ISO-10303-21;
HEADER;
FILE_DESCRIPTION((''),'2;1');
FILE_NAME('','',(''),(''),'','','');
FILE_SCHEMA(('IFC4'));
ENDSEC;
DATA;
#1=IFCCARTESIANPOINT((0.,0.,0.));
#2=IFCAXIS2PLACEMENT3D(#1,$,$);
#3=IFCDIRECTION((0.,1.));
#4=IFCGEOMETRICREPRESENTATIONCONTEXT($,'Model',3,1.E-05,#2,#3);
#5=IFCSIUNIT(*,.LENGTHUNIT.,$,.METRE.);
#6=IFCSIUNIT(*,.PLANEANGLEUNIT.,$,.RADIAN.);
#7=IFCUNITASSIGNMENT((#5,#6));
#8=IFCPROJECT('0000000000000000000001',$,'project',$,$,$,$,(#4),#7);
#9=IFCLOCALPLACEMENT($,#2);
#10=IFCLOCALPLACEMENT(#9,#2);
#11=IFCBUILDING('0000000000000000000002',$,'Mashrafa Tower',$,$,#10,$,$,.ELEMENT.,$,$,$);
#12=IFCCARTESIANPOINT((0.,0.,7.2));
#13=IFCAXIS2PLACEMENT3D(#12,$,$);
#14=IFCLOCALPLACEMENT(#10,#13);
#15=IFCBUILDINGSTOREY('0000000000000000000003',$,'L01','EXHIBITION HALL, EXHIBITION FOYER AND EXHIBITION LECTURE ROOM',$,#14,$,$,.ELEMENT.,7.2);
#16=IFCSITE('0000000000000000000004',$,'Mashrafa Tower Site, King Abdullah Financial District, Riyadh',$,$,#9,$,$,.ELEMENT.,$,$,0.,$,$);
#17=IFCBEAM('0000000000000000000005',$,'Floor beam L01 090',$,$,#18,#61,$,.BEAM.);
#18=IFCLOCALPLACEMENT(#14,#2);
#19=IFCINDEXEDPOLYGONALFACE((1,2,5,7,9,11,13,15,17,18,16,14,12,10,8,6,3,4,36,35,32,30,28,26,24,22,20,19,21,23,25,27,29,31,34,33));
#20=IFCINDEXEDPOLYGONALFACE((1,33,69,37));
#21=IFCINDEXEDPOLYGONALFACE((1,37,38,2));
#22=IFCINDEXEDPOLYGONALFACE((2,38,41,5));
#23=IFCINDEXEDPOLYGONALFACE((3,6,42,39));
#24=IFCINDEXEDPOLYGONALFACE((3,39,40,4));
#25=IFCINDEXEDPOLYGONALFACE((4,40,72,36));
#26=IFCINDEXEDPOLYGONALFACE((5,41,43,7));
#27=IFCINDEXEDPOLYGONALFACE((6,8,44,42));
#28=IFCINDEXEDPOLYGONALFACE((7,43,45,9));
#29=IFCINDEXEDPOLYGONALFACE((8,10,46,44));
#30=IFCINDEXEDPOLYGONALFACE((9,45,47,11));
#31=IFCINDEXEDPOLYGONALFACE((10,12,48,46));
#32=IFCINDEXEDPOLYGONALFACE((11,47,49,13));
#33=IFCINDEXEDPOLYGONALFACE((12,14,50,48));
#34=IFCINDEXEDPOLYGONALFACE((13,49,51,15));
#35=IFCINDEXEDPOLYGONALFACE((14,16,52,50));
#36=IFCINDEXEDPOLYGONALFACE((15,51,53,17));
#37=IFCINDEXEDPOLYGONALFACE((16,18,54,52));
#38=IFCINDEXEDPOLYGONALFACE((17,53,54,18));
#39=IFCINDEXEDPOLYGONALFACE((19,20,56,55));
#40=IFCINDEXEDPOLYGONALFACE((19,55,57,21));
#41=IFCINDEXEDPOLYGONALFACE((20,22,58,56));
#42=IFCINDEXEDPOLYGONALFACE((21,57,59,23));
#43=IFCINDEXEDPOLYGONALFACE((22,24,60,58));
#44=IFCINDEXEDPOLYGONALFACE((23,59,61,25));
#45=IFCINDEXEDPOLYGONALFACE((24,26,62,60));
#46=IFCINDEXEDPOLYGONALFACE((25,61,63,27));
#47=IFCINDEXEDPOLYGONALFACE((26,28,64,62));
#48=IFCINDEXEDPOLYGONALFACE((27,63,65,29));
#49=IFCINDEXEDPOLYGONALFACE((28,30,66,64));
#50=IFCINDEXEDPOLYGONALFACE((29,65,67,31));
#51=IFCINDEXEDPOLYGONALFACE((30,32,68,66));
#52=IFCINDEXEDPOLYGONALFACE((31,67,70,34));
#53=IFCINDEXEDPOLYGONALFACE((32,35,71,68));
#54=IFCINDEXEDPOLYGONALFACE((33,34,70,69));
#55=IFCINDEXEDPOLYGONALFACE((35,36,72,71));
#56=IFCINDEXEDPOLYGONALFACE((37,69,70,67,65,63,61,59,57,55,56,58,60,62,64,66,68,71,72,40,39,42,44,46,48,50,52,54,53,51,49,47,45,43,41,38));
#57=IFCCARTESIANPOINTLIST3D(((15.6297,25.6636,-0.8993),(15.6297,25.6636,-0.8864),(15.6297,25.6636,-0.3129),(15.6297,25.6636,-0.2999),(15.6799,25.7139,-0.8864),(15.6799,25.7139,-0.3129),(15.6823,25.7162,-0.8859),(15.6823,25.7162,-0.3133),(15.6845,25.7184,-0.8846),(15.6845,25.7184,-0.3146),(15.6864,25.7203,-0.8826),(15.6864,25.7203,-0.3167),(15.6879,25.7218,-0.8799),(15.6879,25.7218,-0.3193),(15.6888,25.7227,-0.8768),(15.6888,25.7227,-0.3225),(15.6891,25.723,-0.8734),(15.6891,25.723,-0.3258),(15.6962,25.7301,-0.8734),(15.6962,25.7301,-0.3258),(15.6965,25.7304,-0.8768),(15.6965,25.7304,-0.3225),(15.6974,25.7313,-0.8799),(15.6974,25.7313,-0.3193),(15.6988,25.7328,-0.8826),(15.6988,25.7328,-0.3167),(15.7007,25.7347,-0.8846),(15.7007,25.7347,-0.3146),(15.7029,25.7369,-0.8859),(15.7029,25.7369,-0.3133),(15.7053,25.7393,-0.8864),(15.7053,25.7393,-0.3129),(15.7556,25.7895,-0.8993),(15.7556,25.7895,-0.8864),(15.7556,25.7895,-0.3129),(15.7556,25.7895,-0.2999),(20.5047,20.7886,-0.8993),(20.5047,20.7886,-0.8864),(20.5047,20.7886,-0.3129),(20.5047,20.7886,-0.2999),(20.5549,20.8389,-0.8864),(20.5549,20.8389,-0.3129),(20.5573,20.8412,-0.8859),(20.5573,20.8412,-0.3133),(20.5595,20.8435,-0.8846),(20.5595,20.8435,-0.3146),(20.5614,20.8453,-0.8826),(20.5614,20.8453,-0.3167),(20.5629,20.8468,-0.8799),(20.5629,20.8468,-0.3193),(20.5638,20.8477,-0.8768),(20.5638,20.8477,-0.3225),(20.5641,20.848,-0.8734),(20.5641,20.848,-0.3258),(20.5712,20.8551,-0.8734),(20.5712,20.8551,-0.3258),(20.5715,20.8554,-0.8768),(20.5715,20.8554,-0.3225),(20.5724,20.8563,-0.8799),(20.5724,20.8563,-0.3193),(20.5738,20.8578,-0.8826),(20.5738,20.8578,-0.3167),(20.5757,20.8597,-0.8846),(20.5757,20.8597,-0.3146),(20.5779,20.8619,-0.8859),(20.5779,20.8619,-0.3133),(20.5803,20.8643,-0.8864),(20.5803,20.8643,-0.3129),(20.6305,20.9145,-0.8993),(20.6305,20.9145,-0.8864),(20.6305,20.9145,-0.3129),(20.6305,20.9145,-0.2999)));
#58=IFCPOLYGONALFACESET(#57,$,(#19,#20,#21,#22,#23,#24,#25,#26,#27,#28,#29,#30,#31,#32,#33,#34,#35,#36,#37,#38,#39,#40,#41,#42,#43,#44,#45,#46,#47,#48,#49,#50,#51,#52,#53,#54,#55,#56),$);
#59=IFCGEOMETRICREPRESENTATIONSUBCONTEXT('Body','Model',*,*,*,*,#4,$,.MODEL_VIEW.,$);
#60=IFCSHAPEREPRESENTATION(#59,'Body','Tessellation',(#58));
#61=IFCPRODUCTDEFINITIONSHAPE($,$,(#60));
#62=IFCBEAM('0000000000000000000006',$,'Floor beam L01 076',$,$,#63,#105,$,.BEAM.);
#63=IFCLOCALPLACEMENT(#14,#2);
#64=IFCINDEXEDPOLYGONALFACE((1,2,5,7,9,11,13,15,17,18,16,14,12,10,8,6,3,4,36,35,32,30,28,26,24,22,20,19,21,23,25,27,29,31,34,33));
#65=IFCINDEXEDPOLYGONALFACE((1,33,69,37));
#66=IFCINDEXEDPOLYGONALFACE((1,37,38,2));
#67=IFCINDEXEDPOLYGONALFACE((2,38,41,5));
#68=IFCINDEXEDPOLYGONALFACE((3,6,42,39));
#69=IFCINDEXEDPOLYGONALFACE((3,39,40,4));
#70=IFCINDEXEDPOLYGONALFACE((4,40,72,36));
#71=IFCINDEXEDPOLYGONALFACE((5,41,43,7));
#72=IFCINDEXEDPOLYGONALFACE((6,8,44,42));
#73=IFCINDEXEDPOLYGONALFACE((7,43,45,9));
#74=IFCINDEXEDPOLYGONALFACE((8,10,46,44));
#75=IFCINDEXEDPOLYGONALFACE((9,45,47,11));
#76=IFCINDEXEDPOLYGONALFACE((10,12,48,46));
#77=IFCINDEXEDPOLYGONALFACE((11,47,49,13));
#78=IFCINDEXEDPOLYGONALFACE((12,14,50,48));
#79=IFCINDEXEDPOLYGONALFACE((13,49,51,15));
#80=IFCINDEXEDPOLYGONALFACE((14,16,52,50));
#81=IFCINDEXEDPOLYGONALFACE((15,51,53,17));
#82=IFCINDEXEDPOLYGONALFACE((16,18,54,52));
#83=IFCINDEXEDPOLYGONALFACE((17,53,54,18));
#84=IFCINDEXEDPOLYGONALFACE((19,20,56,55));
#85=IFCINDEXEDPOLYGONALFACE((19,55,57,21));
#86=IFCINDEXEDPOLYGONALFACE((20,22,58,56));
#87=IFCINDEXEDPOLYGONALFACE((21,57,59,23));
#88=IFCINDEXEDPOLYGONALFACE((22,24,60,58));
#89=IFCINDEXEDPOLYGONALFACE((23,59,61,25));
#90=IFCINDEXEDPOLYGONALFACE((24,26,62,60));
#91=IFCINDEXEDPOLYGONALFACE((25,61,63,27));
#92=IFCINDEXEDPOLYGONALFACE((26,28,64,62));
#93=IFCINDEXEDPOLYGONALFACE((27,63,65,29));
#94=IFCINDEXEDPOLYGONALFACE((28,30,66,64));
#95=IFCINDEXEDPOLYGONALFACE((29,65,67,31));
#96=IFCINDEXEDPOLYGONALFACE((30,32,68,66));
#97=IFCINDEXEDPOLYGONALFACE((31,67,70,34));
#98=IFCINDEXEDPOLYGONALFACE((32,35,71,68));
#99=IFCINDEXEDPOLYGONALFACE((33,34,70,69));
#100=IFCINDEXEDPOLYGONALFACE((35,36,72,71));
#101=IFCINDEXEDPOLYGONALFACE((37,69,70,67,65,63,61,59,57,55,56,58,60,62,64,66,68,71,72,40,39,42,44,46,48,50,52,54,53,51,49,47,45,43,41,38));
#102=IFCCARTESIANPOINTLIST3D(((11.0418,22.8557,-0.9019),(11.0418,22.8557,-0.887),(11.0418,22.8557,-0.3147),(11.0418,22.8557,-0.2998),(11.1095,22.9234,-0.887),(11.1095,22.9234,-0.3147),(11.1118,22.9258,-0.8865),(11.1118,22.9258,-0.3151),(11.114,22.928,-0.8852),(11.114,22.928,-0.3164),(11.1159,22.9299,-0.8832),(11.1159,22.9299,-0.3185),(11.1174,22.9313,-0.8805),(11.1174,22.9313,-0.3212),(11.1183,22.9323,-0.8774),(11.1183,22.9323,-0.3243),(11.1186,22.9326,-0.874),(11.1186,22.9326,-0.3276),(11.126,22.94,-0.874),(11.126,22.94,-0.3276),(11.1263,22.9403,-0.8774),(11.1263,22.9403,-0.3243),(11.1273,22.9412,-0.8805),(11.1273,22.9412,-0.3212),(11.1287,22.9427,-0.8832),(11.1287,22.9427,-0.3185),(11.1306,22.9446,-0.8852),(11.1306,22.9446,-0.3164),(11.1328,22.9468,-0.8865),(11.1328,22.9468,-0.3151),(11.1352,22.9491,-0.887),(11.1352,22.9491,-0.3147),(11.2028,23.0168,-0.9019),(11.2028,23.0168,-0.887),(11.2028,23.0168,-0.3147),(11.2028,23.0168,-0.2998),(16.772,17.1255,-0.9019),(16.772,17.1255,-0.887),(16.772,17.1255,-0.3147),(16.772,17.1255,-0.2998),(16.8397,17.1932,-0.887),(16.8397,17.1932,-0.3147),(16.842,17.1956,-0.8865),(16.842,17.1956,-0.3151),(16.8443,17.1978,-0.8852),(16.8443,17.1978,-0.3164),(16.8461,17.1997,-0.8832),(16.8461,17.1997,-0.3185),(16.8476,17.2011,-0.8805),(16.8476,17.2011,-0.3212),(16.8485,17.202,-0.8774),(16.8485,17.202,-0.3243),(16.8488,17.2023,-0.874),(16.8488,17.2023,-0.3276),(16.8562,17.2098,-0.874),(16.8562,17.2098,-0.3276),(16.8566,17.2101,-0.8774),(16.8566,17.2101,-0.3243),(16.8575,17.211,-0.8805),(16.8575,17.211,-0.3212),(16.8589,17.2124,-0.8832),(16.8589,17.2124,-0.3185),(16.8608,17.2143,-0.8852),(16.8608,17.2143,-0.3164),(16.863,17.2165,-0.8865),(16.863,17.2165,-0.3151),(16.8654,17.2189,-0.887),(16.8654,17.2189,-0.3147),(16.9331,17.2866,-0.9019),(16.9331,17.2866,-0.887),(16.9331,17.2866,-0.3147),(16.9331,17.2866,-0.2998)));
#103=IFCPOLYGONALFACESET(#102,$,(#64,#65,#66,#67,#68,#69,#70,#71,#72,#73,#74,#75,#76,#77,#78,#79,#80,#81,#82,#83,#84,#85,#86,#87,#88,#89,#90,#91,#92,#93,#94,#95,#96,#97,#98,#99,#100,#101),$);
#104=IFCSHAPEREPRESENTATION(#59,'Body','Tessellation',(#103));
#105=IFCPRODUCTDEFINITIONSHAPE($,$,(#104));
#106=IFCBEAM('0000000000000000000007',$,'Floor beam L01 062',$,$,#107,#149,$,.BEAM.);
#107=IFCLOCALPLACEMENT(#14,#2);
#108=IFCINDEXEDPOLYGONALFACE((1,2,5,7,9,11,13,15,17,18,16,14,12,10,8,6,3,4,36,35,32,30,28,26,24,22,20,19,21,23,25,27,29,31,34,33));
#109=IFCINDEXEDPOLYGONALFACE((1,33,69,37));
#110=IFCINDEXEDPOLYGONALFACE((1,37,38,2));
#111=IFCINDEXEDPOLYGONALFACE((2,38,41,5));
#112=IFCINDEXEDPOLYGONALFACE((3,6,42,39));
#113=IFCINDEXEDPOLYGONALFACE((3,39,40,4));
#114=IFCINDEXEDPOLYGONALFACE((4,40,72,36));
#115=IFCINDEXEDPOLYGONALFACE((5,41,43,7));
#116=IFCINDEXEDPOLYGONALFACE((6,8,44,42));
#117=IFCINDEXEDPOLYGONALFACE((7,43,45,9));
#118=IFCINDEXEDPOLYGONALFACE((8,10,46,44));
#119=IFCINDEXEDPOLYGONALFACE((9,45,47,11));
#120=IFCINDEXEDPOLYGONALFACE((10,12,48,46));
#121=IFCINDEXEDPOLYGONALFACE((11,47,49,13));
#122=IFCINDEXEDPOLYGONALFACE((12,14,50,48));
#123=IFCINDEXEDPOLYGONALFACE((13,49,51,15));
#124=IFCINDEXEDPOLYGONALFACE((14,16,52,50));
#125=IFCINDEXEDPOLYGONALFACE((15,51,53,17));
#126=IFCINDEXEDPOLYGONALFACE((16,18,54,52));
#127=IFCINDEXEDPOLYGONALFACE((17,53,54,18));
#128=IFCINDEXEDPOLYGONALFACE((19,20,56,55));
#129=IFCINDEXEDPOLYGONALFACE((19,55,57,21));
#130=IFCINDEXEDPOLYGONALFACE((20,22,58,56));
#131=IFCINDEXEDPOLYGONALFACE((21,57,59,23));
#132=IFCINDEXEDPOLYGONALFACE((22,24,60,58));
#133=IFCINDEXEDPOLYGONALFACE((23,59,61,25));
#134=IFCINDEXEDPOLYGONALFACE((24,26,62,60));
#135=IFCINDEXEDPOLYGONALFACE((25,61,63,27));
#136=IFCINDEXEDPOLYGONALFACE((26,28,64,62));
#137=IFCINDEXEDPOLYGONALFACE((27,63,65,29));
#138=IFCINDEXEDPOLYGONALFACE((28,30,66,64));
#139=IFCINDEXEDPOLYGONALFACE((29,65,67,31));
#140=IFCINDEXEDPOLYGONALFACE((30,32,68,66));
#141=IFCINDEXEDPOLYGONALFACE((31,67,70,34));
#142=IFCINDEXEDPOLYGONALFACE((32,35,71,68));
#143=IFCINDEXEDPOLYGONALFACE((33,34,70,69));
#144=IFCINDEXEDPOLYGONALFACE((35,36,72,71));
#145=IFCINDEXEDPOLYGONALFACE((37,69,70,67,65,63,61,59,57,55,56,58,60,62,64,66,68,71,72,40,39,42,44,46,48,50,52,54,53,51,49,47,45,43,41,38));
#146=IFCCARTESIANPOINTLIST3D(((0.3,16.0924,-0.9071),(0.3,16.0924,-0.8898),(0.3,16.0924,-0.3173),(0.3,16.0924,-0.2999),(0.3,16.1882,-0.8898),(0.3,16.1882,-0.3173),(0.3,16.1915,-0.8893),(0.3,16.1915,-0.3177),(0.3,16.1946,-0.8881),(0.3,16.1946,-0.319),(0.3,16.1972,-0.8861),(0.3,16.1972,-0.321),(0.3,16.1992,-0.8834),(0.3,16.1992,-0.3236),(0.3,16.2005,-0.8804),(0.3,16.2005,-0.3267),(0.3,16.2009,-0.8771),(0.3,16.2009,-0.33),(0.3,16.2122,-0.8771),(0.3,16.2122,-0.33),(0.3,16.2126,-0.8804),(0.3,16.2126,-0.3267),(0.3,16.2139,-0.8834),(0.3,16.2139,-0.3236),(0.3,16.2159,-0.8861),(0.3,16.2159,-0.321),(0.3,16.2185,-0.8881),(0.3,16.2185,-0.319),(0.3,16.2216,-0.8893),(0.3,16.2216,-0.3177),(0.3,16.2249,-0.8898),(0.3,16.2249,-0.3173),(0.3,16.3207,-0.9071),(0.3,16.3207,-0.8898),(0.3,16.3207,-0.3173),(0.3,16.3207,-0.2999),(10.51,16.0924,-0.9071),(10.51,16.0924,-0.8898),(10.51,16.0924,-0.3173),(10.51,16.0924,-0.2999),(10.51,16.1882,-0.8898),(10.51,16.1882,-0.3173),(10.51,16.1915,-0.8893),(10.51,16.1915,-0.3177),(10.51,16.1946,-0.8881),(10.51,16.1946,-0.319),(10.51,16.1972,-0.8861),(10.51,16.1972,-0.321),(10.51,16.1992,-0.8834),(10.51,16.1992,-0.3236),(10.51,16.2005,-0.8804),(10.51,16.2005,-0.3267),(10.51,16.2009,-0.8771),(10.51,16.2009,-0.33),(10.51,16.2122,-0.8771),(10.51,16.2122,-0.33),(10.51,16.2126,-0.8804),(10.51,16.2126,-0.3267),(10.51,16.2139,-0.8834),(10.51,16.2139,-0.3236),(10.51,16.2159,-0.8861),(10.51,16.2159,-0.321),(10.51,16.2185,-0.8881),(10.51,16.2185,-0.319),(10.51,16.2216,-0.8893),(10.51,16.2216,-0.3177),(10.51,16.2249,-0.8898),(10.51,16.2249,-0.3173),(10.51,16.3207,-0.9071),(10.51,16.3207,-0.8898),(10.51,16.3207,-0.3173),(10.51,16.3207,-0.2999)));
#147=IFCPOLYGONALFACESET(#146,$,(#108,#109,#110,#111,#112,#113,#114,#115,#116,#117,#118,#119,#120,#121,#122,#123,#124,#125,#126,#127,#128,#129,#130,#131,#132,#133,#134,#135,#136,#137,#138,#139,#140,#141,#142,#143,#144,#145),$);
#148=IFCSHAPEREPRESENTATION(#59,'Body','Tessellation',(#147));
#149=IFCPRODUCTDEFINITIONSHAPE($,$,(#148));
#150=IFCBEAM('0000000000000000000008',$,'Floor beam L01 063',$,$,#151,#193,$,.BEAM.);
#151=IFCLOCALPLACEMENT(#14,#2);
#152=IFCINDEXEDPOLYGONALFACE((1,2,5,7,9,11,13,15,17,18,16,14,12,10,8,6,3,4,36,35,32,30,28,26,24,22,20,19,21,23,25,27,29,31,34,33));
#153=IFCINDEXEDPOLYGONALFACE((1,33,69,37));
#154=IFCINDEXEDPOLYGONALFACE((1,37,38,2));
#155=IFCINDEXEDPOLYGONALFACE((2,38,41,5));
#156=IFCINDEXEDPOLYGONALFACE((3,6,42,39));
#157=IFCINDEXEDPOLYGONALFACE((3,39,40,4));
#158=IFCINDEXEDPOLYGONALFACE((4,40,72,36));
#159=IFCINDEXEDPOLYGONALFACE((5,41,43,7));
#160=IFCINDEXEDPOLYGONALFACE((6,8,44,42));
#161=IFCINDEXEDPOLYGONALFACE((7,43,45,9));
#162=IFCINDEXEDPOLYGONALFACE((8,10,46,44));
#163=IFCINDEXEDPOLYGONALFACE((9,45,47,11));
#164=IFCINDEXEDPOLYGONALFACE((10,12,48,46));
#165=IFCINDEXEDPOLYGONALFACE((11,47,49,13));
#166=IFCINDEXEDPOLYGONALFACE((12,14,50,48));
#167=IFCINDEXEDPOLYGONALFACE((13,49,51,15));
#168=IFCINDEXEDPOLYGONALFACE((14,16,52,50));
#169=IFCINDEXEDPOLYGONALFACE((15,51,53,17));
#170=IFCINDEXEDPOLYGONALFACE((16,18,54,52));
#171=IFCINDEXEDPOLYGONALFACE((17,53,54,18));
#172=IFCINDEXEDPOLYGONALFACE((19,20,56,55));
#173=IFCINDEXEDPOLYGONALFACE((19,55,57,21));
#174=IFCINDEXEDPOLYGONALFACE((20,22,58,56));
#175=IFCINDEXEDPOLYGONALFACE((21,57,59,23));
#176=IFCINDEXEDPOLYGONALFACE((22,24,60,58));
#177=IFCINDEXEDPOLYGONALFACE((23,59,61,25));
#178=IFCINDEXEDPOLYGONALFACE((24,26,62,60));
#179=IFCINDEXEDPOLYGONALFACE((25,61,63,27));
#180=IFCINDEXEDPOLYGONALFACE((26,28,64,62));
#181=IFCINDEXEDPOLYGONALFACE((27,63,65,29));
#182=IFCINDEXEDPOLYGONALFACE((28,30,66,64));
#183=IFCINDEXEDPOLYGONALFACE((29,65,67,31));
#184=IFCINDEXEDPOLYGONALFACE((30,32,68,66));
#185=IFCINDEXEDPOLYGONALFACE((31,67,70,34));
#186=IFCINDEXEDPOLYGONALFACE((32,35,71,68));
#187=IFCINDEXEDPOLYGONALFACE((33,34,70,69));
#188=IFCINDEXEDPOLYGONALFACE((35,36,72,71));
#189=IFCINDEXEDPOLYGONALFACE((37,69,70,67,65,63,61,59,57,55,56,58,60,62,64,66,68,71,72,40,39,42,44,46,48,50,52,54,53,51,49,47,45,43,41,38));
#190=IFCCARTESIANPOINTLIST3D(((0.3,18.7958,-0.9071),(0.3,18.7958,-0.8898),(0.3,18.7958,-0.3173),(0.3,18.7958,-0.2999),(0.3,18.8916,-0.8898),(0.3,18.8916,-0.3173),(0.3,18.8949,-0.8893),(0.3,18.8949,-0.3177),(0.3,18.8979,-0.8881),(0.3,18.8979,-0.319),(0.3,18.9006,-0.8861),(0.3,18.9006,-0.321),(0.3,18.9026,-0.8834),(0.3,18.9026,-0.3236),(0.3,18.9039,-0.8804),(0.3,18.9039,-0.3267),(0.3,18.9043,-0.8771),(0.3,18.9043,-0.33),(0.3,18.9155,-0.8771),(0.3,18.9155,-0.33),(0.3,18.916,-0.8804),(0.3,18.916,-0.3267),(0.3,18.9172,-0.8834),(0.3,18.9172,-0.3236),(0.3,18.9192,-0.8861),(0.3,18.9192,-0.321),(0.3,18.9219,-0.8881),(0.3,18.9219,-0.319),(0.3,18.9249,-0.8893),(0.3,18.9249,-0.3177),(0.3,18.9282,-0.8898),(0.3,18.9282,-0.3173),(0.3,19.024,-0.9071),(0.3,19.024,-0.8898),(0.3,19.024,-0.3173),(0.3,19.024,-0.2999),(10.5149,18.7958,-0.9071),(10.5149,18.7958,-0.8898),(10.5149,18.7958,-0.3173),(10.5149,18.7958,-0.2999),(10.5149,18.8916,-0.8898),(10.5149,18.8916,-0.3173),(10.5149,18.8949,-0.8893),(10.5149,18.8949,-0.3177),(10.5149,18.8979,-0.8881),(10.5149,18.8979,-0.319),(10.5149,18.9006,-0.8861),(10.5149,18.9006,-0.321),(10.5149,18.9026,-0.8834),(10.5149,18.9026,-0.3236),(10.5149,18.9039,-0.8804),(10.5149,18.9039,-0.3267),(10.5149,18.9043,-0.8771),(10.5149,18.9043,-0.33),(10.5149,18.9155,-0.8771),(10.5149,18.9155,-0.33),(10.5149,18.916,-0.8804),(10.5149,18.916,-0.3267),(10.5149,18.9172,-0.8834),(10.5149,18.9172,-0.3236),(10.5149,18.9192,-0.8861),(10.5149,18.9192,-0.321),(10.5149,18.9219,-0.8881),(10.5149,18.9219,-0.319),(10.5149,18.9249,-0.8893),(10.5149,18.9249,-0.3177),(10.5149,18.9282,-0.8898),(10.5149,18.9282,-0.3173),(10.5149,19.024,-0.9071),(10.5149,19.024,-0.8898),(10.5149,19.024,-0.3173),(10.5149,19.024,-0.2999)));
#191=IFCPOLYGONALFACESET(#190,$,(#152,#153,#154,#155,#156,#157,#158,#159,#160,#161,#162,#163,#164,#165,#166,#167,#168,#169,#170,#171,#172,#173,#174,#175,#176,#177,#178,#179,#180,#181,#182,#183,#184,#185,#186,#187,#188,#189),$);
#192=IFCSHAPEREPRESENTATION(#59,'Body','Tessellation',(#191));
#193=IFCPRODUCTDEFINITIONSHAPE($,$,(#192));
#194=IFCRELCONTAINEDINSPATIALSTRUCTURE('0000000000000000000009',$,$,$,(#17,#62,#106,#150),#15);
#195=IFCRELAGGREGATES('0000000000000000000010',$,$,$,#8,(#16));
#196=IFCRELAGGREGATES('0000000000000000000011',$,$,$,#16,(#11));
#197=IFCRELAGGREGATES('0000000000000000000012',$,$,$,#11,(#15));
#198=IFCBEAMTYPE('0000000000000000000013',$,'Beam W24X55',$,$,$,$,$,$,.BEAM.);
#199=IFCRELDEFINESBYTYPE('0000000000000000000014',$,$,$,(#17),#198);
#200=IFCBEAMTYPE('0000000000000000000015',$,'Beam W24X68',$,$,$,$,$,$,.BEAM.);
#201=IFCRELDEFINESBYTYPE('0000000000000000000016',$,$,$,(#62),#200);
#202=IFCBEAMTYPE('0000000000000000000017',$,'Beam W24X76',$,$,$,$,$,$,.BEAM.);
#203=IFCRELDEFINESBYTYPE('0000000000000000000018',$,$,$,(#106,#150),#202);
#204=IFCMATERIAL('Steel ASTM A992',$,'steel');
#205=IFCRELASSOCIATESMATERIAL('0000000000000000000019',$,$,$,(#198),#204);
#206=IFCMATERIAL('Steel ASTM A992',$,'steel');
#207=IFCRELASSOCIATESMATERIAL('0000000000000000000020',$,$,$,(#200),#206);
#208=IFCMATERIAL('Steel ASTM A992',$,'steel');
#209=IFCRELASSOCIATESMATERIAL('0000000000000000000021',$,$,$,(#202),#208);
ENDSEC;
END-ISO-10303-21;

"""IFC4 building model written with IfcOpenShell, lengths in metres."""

from ifc_helpers import new_model, si_unit, direction, frame, origin, origin_2d, place, context, subcontext, project, spatial, i_section, extrude, material, material_profile, profile_set, type_object, element, save


model = new_model("IFC4")

# Units and contexts
model_context = context("Model", 3, precision=1e-05, world=origin(), true_north=direction((0.0, 1.0)))
body_context = subcontext(model_context, "Body", "Model", "MODEL_VIEW")
ifc_project = project(units=[si_unit("LENGTHUNIT", "METRE"), si_unit("PLANEANGLEUNIT", "RADIAN")], contexts=[model_context])

# Site, building, storey
site_placement = place(None, origin())
site = spatial("IfcSite", under=ifc_project, at=site_placement, Name="Mashrafa Tower Site, King Abdullah Financial District, Riyadh", CompositionType="ELEMENT", RefElevation=0.0)
building_placement = place(site_placement, origin())
building = spatial("IfcBuilding", under=site, at=building_placement, Name="Mashrafa Tower", CompositionType="ELEMENT")
storey_placement = place(building_placement, frame((0.0, 0.0, 7.2)))
storey = spatial("IfcBuildingStorey", under=building, at=storey_placement, Name="L01", Description="EXHIBITION HALL, EXHIBITION FOYER AND EXHIBITION LECTURE ROOM", CompositionType="ELEMENT", Elevation=7.2)

# Beams
ifc_material_1 = material(Name="Steel ASTM A992", Category="steel")
ifc_material_profile_1 = material_profile(ifc_material_1, i_section(OverallWidth=0.178, OverallDepth=0.5994, WebThickness=0.01, FlangeThickness=0.0129, FilletRadius=0.0129, at=origin_2d()), Name="W24X55")
ifc_profile_set_1 = profile_set([ifc_material_profile_1], Name="Steel ASTM A992")
beam_type_1 = type_object("IfcBeamType", Name="Beam W24X55", PredefinedType="BEAM", material=ifc_profile_set_1)
beam_1_placement = place(storey_placement, frame((15.6926, 25.7266, -0.5996), z_axis=(0.707107, -0.707107, 0.0), x_axis=(0.707107, 0.707107, 0.0)))
element("IfcBeam", 1, at=beam_1_placement, inside=storey, type_object=beam_type_1, Name="Floor beam L01 090", PredefinedType="BEAM", context=body_context, shape_type="SweptSolid", body=[
    extrude(i_section(OverallWidth=0.178, OverallDepth=0.5994, WebThickness=0.01, FlangeThickness=0.0129, FilletRadius=0.0129, at=origin_2d()), origin(), (0.0, 0.0, 1.0), 6.8943),
])
ifc_material_2 = material(Name="Steel ASTM A992", Category="steel")
ifc_material_profile_2 = material_profile(ifc_material_2, i_section(OverallWidth=0.2278, OverallDepth=0.6021, WebThickness=0.0105, FlangeThickness=0.0149, FilletRadius=0.0129, at=origin_2d()), Name="W24X68")
ifc_profile_set_2 = profile_set([ifc_material_profile_2], Name="Steel ASTM A992")
beam_type_2 = type_object("IfcBeamType", Name="Beam W24X68", PredefinedType="BEAM", material=ifc_profile_set_2)
beam_2_placement = place(storey_placement, frame((11.1223, 22.9363, -0.6008), z_axis=(0.707107, -0.707107, 0.0), x_axis=(0.707107, 0.707107, 0.0)))
element("IfcBeam", 2, at=beam_2_placement, inside=storey, type_object=beam_type_2, Name="Floor beam L01 076", PredefinedType="BEAM", context=body_context, shape_type="SweptSolid", body=[
    extrude(i_section(OverallWidth=0.2278, OverallDepth=0.6021, WebThickness=0.0105, FlangeThickness=0.0149, FilletRadius=0.0129, at=origin_2d()), origin(), (0.0, 0.0, 1.0), 8.1038),
])
ifc_material_3 = material(Name="Steel ASTM A992", Category="steel")
ifc_material_profile_3 = material_profile(ifc_material_3, i_section(OverallWidth=0.2283, OverallDepth=0.6072, WebThickness=0.0112, FlangeThickness=0.0173, FilletRadius=0.0127, at=origin_2d()), Name="W24X76")
ifc_profile_set_3 = profile_set([ifc_material_profile_3], Name="Steel ASTM A992")
beam_type_3 = type_object("IfcBeamType", Name="Beam W24X76", PredefinedType="BEAM", material=ifc_profile_set_3)
beam_3_placement = place(storey_placement, frame((0.3, 16.2065, -0.6035), z_axis=(1.0, 0.0, 0.0), x_axis=(0.0, 1.0, 0.0)))
element("IfcBeam", 3, at=beam_3_placement, inside=storey, type_object=beam_type_3, Name="Floor beam L01 062", PredefinedType="BEAM", context=body_context, shape_type="SweptSolid", body=[
    extrude(i_section(OverallWidth=0.2283, OverallDepth=0.6072, WebThickness=0.0112, FlangeThickness=0.0173, FilletRadius=0.0127, at=origin_2d()), origin(), (0.0, 0.0, 1.0), 10.21),
])
beam_4_placement = place(storey_placement, frame((0.3, 18.9099, -0.6035), z_axis=(1.0, 0.0, 0.0), x_axis=(0.0, 1.0, 0.0)))
element("IfcBeam", 4, at=beam_4_placement, inside=storey, type_object=beam_type_3, Name="Floor beam L01 063", PredefinedType="BEAM", context=body_context, shape_type="SweptSolid", body=[
    extrude(i_section(OverallWidth=0.2283, OverallDepth=0.6072, WebThickness=0.0112, FlangeThickness=0.0173, FilletRadius=0.0127, at=origin_2d()), origin(), (0.0, 0.0, 1.0), 10.2148),
])

save(model, "model.ifc")
